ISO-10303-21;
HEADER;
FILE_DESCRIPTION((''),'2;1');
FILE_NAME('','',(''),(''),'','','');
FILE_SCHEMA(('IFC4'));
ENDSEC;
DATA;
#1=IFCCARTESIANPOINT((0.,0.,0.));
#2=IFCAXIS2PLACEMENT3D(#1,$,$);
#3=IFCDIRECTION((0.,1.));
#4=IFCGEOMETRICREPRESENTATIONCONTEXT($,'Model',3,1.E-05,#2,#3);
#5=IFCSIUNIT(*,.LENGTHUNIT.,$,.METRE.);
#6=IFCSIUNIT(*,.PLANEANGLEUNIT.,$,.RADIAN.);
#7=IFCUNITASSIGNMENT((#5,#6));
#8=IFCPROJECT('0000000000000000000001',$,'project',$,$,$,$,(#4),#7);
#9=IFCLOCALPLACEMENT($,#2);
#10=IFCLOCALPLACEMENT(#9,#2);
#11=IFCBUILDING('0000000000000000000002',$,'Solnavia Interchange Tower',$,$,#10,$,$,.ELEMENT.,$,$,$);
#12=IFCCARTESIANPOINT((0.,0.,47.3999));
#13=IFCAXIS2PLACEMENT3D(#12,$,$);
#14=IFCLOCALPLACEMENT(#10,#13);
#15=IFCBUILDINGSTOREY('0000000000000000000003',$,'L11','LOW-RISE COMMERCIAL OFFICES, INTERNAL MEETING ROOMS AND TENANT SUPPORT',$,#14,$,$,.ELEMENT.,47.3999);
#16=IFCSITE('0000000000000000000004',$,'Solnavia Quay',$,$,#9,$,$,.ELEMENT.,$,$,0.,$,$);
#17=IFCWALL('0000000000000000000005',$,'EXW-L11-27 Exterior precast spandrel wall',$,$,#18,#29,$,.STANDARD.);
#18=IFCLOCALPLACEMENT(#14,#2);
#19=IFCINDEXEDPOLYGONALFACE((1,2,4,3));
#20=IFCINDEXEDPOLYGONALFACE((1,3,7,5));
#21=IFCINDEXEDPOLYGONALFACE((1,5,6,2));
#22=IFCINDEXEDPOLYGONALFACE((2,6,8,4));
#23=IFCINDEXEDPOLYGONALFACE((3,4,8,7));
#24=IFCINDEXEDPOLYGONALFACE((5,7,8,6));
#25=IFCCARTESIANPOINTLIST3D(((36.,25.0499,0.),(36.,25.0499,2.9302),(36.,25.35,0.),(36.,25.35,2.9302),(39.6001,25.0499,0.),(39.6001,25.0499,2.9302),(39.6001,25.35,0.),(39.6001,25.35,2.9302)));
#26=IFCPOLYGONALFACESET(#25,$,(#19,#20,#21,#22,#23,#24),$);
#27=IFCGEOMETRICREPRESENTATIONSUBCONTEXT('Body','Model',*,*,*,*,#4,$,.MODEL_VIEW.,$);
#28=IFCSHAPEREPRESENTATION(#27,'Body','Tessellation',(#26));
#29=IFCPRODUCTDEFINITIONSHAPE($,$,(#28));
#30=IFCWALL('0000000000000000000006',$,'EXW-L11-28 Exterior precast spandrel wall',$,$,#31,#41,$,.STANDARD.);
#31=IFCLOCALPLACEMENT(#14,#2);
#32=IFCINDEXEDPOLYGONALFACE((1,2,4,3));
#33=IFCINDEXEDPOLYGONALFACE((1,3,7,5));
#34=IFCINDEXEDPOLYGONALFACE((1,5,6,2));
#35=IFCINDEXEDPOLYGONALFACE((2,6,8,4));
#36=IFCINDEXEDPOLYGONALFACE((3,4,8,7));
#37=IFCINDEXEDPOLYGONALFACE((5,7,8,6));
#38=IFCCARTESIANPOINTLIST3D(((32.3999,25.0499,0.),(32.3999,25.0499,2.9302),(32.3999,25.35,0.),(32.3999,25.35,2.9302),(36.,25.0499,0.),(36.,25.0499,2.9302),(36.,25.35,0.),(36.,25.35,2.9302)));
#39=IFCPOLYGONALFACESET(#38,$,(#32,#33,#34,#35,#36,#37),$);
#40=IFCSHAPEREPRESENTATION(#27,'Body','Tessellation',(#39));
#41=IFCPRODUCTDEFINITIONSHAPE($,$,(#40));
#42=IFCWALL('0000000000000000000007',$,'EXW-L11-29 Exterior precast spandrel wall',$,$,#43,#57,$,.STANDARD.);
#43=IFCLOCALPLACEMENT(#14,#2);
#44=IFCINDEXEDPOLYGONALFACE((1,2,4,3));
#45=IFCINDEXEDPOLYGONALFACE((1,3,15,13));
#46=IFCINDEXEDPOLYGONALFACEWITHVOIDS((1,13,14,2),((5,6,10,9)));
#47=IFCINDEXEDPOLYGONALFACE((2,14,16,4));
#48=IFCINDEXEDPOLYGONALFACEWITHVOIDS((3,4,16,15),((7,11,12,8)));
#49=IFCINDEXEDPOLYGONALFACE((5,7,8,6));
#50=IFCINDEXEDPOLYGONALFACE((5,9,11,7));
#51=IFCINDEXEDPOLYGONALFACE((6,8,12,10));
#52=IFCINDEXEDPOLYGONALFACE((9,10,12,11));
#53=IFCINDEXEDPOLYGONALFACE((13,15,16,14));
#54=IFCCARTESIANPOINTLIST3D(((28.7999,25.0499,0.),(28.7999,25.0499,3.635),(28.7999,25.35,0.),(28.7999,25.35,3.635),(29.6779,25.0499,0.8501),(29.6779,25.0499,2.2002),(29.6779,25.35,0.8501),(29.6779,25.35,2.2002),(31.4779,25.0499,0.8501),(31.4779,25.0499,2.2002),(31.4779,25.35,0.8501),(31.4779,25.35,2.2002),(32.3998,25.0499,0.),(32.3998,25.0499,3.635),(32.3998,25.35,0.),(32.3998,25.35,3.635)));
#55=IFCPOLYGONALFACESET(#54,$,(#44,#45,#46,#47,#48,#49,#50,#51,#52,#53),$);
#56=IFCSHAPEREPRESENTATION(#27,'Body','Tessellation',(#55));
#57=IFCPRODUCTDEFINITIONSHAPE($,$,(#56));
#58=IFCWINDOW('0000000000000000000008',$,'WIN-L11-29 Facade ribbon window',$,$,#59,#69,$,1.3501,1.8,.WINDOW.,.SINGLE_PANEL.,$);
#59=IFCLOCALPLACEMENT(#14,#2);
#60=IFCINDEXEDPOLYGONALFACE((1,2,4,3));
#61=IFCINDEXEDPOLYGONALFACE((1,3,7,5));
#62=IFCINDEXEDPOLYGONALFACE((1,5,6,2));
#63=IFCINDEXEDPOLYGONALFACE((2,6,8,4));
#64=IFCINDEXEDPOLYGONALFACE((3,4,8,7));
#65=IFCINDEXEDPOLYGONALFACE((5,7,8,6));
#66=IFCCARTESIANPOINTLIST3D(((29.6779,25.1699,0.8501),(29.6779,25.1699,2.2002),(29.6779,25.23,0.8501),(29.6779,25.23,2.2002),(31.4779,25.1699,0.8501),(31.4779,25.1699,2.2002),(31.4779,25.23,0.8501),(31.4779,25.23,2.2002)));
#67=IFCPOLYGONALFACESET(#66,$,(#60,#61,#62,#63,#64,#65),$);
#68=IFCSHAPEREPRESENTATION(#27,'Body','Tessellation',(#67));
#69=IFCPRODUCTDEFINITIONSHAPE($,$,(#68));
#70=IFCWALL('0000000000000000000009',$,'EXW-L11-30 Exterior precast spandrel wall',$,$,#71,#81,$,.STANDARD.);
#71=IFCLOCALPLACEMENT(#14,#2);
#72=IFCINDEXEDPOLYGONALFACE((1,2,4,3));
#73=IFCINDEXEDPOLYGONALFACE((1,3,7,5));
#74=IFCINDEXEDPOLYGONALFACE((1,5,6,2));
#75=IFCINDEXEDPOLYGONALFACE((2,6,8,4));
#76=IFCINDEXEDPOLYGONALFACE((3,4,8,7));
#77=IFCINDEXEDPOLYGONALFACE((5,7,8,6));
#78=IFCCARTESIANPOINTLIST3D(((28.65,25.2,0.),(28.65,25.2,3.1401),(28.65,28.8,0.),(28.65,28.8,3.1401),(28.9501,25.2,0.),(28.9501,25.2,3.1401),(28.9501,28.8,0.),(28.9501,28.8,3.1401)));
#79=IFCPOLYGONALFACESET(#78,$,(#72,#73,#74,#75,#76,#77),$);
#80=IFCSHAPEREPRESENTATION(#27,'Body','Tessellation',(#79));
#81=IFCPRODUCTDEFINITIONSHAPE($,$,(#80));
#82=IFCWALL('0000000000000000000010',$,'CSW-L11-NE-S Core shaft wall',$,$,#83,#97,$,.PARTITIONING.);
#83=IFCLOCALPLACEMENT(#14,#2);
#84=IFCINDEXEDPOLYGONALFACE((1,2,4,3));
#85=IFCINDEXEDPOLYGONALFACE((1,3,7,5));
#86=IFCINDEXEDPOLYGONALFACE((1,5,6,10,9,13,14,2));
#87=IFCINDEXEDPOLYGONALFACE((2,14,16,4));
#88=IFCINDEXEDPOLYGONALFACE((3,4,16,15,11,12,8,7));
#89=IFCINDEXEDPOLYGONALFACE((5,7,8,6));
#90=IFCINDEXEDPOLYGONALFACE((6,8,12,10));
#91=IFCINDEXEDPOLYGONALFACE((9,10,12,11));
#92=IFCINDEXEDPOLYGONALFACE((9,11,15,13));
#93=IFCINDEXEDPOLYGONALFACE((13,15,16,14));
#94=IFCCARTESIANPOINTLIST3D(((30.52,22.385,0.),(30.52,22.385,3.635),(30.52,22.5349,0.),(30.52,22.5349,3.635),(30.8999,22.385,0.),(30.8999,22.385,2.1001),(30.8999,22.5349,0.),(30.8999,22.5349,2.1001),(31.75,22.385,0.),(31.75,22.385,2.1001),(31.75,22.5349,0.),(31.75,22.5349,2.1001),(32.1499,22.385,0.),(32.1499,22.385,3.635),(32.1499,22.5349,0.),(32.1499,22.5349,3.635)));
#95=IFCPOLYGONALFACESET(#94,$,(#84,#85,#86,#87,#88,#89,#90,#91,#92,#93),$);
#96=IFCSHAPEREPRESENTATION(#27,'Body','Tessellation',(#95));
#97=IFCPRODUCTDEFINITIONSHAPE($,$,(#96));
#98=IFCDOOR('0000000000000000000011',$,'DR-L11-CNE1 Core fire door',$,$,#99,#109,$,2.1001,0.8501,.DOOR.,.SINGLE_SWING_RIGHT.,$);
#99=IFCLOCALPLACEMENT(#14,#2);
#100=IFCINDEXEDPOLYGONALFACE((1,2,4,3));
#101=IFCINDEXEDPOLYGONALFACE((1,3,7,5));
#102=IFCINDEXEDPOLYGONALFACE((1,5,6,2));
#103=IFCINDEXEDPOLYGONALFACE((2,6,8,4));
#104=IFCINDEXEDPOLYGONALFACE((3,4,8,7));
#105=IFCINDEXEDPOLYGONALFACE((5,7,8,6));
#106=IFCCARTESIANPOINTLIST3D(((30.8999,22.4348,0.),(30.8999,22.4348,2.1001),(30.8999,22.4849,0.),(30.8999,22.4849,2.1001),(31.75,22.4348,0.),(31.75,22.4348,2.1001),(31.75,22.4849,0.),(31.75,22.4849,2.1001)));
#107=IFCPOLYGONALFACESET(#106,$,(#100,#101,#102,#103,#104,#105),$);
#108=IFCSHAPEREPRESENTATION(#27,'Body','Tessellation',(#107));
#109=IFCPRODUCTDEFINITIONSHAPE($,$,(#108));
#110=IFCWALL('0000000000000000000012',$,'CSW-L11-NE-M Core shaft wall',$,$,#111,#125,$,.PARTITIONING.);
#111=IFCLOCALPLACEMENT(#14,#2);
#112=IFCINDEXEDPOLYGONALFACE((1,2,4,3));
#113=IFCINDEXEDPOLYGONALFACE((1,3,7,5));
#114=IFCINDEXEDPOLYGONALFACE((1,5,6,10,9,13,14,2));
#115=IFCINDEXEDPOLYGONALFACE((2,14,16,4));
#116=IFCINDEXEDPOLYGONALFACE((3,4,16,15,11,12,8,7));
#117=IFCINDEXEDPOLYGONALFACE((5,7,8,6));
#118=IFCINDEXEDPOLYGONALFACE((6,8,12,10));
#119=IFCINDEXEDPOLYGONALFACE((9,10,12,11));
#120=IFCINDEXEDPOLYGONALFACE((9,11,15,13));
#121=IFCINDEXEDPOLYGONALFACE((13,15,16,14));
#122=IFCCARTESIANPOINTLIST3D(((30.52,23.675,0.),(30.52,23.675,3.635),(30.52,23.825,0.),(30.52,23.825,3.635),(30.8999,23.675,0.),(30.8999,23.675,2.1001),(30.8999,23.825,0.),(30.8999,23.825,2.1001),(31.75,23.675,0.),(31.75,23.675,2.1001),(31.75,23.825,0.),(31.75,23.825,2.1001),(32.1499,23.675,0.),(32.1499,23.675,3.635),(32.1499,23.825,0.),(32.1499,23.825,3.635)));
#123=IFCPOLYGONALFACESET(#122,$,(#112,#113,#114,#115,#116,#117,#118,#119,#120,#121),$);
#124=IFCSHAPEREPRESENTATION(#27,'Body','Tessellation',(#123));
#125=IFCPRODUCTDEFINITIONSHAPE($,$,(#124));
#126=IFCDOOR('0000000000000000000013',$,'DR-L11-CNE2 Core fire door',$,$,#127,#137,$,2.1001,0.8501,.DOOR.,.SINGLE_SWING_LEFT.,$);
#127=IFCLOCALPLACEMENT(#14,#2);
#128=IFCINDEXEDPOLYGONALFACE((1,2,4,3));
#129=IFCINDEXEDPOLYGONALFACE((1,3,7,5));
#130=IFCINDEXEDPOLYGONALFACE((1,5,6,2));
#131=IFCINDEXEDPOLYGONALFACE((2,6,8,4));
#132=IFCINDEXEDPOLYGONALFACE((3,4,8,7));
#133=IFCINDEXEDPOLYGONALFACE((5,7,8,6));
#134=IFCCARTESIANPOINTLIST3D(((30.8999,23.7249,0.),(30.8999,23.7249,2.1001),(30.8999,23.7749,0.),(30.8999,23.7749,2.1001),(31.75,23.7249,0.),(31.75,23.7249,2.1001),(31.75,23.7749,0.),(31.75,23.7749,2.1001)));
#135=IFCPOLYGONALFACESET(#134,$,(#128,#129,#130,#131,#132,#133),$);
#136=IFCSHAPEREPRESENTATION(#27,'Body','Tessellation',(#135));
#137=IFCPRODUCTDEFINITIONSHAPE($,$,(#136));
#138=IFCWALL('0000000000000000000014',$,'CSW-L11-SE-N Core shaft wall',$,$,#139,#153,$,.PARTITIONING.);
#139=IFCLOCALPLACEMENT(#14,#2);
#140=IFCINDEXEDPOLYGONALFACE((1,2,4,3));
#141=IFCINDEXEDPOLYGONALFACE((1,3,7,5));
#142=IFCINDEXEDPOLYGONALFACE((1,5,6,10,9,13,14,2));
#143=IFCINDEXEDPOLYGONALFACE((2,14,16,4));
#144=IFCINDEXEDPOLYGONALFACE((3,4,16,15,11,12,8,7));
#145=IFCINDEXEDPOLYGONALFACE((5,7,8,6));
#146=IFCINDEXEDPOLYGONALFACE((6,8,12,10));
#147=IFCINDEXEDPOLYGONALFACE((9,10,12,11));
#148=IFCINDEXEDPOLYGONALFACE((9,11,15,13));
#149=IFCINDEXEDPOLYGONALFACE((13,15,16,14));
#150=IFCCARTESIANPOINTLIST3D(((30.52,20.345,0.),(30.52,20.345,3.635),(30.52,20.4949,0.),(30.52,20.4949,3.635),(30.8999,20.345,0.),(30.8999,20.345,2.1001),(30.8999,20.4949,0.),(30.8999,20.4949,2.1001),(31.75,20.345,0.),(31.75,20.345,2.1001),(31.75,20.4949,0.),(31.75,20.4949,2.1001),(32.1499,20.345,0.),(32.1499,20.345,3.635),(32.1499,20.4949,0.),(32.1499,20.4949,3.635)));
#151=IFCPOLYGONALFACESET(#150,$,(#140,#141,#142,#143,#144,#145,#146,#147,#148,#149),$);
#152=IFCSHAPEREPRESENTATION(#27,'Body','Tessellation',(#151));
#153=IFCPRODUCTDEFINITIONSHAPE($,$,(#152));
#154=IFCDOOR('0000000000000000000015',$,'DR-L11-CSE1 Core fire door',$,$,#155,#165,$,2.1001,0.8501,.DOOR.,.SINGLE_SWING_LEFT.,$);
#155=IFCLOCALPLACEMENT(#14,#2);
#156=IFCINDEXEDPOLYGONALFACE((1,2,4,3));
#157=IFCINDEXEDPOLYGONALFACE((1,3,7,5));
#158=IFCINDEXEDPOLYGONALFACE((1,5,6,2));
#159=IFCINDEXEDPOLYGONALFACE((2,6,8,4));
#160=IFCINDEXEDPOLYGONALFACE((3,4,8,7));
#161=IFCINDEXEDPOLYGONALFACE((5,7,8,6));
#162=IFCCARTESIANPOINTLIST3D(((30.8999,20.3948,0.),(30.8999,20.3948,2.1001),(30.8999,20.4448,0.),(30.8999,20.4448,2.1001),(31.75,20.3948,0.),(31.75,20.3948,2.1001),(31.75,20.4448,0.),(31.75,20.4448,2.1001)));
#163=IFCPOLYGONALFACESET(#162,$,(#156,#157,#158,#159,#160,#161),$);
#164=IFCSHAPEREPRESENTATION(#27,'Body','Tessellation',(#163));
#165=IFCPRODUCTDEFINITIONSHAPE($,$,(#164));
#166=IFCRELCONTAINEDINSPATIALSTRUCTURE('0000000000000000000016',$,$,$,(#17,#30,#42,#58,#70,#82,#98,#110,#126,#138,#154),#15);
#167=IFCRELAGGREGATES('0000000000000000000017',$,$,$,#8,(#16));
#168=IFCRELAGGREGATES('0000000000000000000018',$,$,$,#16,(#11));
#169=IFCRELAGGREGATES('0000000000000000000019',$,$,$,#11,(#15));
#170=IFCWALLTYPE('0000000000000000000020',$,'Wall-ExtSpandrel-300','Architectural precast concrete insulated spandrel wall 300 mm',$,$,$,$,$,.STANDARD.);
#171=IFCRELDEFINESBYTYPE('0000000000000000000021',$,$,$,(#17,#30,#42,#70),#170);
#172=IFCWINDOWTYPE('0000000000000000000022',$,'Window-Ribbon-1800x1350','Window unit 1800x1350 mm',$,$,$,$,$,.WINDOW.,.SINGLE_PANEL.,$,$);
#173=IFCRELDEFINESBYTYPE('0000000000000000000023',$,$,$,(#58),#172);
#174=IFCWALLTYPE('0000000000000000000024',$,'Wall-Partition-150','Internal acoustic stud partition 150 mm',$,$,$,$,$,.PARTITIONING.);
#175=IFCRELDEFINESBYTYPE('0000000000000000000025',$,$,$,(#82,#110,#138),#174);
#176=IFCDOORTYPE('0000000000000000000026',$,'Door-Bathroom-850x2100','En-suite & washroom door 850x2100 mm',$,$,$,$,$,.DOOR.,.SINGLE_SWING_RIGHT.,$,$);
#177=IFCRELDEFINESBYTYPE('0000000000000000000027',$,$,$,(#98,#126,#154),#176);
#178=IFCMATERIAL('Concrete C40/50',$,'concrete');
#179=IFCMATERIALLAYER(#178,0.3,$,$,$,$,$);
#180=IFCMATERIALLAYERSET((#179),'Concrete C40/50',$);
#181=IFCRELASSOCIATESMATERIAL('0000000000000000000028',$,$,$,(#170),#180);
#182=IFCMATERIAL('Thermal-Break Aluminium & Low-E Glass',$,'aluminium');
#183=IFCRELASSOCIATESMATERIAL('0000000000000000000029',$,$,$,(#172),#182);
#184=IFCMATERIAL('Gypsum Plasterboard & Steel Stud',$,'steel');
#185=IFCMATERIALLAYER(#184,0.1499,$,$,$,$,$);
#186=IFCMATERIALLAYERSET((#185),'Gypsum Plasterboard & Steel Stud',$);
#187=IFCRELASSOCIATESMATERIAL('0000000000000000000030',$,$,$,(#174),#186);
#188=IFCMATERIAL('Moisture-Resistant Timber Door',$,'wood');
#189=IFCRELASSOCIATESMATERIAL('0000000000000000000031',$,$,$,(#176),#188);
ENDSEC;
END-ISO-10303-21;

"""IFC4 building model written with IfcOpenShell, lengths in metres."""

from ifc_helpers import new_model, si_unit, direction, frame, frame_2d, origin, place, context, subcontext, project, spatial, rectangle, extrude, material, layer, layer_set, type_object, element, fill, save


model = new_model("IFC4")

# Units and contexts
model_context = context("Model", 3, precision=1e-05, world=origin(), true_north=direction((0.0, 1.0)))
body_context = subcontext(model_context, "Body", "Model", "MODEL_VIEW")
ifc_project = project(units=[si_unit("LENGTHUNIT", "METRE"), si_unit("PLANEANGLEUNIT", "RADIAN")], contexts=[model_context])

# Site, building, storey
site_placement = place(None, origin())
site = spatial("IfcSite", under=ifc_project, at=site_placement, Name="Solnavia Quay", CompositionType="ELEMENT", RefElevation=0.0)
building_placement = place(site_placement, origin())
building = spatial("IfcBuilding", under=site, at=building_placement, Name="Solnavia Interchange Tower", CompositionType="ELEMENT")
storey_placement = place(building_placement, frame((0.0, 0.0, 47.3999)))
storey = spatial("IfcBuildingStorey", under=building, at=storey_placement, Name="L11", Description="LOW-RISE COMMERCIAL OFFICES, INTERNAL MEETING ROOMS AND TENANT SUPPORT", CompositionType="ELEMENT", Elevation=47.3999)

# Walls
ifc_material_1 = material(Name="Concrete C40/50", Category="concrete")
ifc_layer_1 = layer(ifc_material_1, 0.3)
ifc_layer_set_1 = layer_set([ifc_layer_1], Name="Concrete C40/50")
wall_type_1 = type_object("IfcWallType", Name="Wall-ExtSpandrel-300", Description="Architectural precast concrete insulated spandrel wall 300 mm", PredefinedType="STANDARD", material=ifc_layer_set_1)
for number, where, z_axis, x_axis, name in (
    (1, (36.0, 25.2, 0.0), (0.0, 0.0, 1.0), (1.0, 0.0, 0.0), "EXW-L11-27 Exterior precast spandrel wall"),
    (2, (32.3999, 25.2, 0.0), (0.0, 0.0, 1.0), (1.0, 0.0, 0.0), "EXW-L11-28 Exterior precast spandrel wall"),
):
    element("IfcWall", number, at=place(storey_placement, frame(where, z_axis=z_axis, x_axis=x_axis)), inside=storey, type_object=wall_type_1, Name=name, PredefinedType="STANDARD", context=body_context, shape_type="SweptSolid", body=[
        extrude(rectangle(XDim=3.6001, YDim=0.3, at=frame_2d((1.8, 0.0))), origin(), (0.0, 0.0, 1.0), 2.9302),
    ])

# Wall, opening, window
wall_1_placement = place(storey_placement, frame((28.8, 25.2, 0.0), z_axis=(0.0, 0.0, 1.0), x_axis=(1.0, 0.0, 0.0)))
wall_1 = element("IfcWall", 3, at=wall_1_placement, inside=storey, type_object=wall_type_1, Name="EXW-L11-29 Exterior precast spandrel wall", PredefinedType="STANDARD", context=body_context, shape_type="SweptSolid", body=[
    extrude(rectangle(XDim=3.5999, YDim=0.3, at=frame_2d((1.7998, 0.0))), origin(), (0.0, 0.0, 1.0), 3.635),
])
opening_1_placement = place(wall_1_placement, frame((0.8779, 0.0, 0.8501)))
opening_1 = element("IfcOpeningElement", 4, at=opening_1_placement, cuts=wall_1, PredefinedType="OPENING", context=body_context, shape_type="SweptSolid", body=[
    extrude(rectangle(XDim=1.8, YDim=1.3501, at=frame_2d((0.8999, 0.675))), frame((0.0, 0.1602, 0.0), z_axis=(0.0, -1.0, 0.0), x_axis=(1.0, 0.0, 0.0)), (0.0, 0.0, 1.0), 0.3201),
])
ifc_material_2 = material(Name="Thermal-Break Aluminium & Low-E Glass", Category="aluminium")
window_type = type_object("IfcWindowType", Name="Window-Ribbon-1800x1350", Description="Window unit 1800x1350 mm", PartitioningType="SINGLE_PANEL", PredefinedType="WINDOW", material=ifc_material_2)
window_placement = place(opening_1_placement, origin())
window = element("IfcWindow", 5, at=window_placement, inside=storey, type_object=window_type, Name="WIN-L11-29 Facade ribbon window", OverallHeight=1.3501, OverallWidth=1.8, PartitioningType="SINGLE_PANEL", PredefinedType="WINDOW", context=body_context, shape_type="SweptSolid", body=[
    extrude(rectangle(XDim=1.8, YDim=1.3501, at=frame_2d((0.8999, 0.675))), frame((0.0, 0.03, 0.0), z_axis=(0.0, -1.0, 0.0), x_axis=(1.0, 0.0, 0.0)), (0.0, 0.0, 1.0), 0.0601),
])
fill(opening_1, window)

# Wall
wall_2_placement = place(storey_placement, frame((28.8, 25.2, 0.0), z_axis=(0.0, 0.0, 1.0), x_axis=(0.0, 1.0, 0.0)))
element("IfcWall", 6, at=wall_2_placement, inside=storey, type_object=wall_type_1, Name="EXW-L11-30 Exterior precast spandrel wall", PredefinedType="STANDARD", context=body_context, shape_type="SweptSolid", body=[
    extrude(rectangle(XDim=3.6001, YDim=0.3, at=frame_2d((1.8, 0.0))), origin(), (0.0, 0.0, 1.0), 3.1401),
])

# Walls, openings, doors
ifc_material_3 = material(Name="Gypsum Plasterboard & Steel Stud", Category="steel")
ifc_layer_2 = layer(ifc_material_3, 0.1499)
ifc_layer_set_2 = layer_set([ifc_layer_2], Name="Gypsum Plasterboard & Steel Stud")
wall_type_2 = type_object("IfcWallType", Name="Wall-Partition-150", Description="Internal acoustic stud partition 150 mm", PredefinedType="PARTITIONING", material=ifc_layer_set_2)
wall_3_placement = place(storey_placement, frame((30.52, 22.46, 0.0), z_axis=(0.0, 0.0, 1.0), x_axis=(1.0, 0.0, 0.0)))
wall_3 = element("IfcWall", 7, at=wall_3_placement, inside=storey, type_object=wall_type_2, Name="CSW-L11-NE-S Core shaft wall", PredefinedType="PARTITIONING", context=body_context, shape_type="SweptSolid", body=[
    extrude(rectangle(XDim=1.6299, YDim=0.1499, at=frame_2d((0.8149, 0.0))), origin(), (0.0, 0.0, 1.0), 3.635),
])
opening_2_placement = place(wall_3_placement, frame((0.3799, 0.0, 0.0)))
opening_2 = element("IfcOpeningElement", 8, at=opening_2_placement, cuts=wall_3, PredefinedType="OPENING", context=body_context, shape_type="SweptSolid", body=[
    extrude(rectangle(XDim=0.8501, YDim=2.1001, at=frame_2d((0.425, 1.05))), frame((0.0, 0.085, 0.0), z_axis=(0.0, -1.0, 0.0), x_axis=(1.0, 0.0, 0.0)), (0.0, 0.0, 1.0), 0.1699),
])
ifc_material_4 = material(Name="Moisture-Resistant Timber Door", Category="wood")
door_type_1 = type_object("IfcDoorType", Name="Door-Bathroom-850x2100", Description="En-suite & washroom door 850x2100 mm", OperationType="SINGLE_SWING_RIGHT", PredefinedType="DOOR", material=ifc_material_4)
door_1_placement = place(opening_2_placement, origin())
door_1 = element("IfcDoor", 9, at=door_1_placement, inside=storey, type_object=door_type_1, Name="DR-L11-CNE1 Core fire door", OperationType="SINGLE_SWING_RIGHT", OverallHeight=2.1001, OverallWidth=0.8501, PredefinedType="DOOR", context=body_context, shape_type="SweptSolid", body=[
    extrude(rectangle(XDim=0.8501, YDim=2.1001, at=frame_2d((0.425, 1.05))), frame((0.0, 0.0249, 0.0), z_axis=(0.0, -1.0, 0.0), x_axis=(1.0, 0.0, 0.0)), (0.0, 0.0, 1.0), 0.05),
])
fill(opening_2, door_1)
wall_4_placement = place(storey_placement, frame((30.52, 23.75, 0.0), z_axis=(0.0, 0.0, 1.0), x_axis=(1.0, 0.0, 0.0)))
wall_4 = element("IfcWall", 10, at=wall_4_placement, inside=storey, type_object=wall_type_2, Name="CSW-L11-NE-M Core shaft wall", PredefinedType="PARTITIONING", context=body_context, shape_type="SweptSolid", body=[
    extrude(rectangle(XDim=1.6299, YDim=0.1499, at=frame_2d((0.8149, 0.0))), origin(), (0.0, 0.0, 1.0), 3.635),
])
opening_3_placement = place(wall_4_placement, frame((0.3799, 0.0, 0.0)))
opening_3 = element("IfcOpeningElement", 11, at=opening_3_placement, cuts=wall_4, PredefinedType="OPENING", context=body_context, shape_type="SweptSolid", body=[
    extrude(rectangle(XDim=0.8501, YDim=2.1001, at=frame_2d((0.425, 1.05))), frame((0.0, 0.085, 0.0), z_axis=(0.0, -1.0, 0.0), x_axis=(1.0, 0.0, 0.0)), (0.0, 0.0, 1.0), 0.1699),
])
door_2_placement = place(opening_3_placement, origin())
door_2 = element("IfcDoor", 12, at=door_2_placement, inside=storey, type_object=door_type_1, Name="DR-L11-CNE2 Core fire door", OperationType="SINGLE_SWING_LEFT", OverallHeight=2.1001, OverallWidth=0.8501, PredefinedType="DOOR", context=body_context, shape_type="SweptSolid", body=[
    extrude(rectangle(XDim=0.8501, YDim=2.1001, at=frame_2d((0.425, 1.05))), frame((0.0, 0.0249, 0.0), z_axis=(0.0, -1.0, 0.0), x_axis=(1.0, 0.0, 0.0)), (0.0, 0.0, 1.0), 0.05),
])
fill(opening_3, door_2)
wall_5_placement = place(storey_placement, frame((30.52, 20.4199, 0.0), z_axis=(0.0, 0.0, 1.0), x_axis=(1.0, 0.0, 0.0)))
wall_5 = element("IfcWall", 13, at=wall_5_placement, inside=storey, type_object=wall_type_2, Name="CSW-L11-SE-N Core shaft wall", PredefinedType="PARTITIONING", context=body_context, shape_type="SweptSolid", body=[
    extrude(rectangle(XDim=1.6299, YDim=0.1499, at=frame_2d((0.8149, 0.0))), origin(), (0.0, 0.0, 1.0), 3.635),
])
opening_4_placement = place(wall_5_placement, frame((0.3799, 0.0, 0.0)))
opening_4 = element("IfcOpeningElement", 14, at=opening_4_placement, cuts=wall_5, PredefinedType="OPENING", context=body_context, shape_type="SweptSolid", body=[
    extrude(rectangle(XDim=0.8501, YDim=2.1001, at=frame_2d((0.425, 1.05))), frame((0.0, 0.085, 0.0), z_axis=(0.0, -1.0, 0.0), x_axis=(1.0, 0.0, 0.0)), (0.0, 0.0, 1.0), 0.1699),
])
door_3_placement = place(opening_4_placement, origin())
door_3 = element("IfcDoor", 15, at=door_3_placement, inside=storey, type_object=door_type_1, Name="DR-L11-CSE1 Core fire door", OperationType="SINGLE_SWING_LEFT", OverallHeight=2.1001, OverallWidth=0.8501, PredefinedType="DOOR", context=body_context, shape_type="SweptSolid", body=[
    extrude(rectangle(XDim=0.8501, YDim=2.1001, at=frame_2d((0.425, 1.05))), frame((0.0, 0.0249, 0.0), z_axis=(0.0, -1.0, 0.0), x_axis=(1.0, 0.0, 0.0)), (0.0, 0.0, 1.0), 0.05),
])
fill(opening_4, door_3)

save(model, "model.ifc")
